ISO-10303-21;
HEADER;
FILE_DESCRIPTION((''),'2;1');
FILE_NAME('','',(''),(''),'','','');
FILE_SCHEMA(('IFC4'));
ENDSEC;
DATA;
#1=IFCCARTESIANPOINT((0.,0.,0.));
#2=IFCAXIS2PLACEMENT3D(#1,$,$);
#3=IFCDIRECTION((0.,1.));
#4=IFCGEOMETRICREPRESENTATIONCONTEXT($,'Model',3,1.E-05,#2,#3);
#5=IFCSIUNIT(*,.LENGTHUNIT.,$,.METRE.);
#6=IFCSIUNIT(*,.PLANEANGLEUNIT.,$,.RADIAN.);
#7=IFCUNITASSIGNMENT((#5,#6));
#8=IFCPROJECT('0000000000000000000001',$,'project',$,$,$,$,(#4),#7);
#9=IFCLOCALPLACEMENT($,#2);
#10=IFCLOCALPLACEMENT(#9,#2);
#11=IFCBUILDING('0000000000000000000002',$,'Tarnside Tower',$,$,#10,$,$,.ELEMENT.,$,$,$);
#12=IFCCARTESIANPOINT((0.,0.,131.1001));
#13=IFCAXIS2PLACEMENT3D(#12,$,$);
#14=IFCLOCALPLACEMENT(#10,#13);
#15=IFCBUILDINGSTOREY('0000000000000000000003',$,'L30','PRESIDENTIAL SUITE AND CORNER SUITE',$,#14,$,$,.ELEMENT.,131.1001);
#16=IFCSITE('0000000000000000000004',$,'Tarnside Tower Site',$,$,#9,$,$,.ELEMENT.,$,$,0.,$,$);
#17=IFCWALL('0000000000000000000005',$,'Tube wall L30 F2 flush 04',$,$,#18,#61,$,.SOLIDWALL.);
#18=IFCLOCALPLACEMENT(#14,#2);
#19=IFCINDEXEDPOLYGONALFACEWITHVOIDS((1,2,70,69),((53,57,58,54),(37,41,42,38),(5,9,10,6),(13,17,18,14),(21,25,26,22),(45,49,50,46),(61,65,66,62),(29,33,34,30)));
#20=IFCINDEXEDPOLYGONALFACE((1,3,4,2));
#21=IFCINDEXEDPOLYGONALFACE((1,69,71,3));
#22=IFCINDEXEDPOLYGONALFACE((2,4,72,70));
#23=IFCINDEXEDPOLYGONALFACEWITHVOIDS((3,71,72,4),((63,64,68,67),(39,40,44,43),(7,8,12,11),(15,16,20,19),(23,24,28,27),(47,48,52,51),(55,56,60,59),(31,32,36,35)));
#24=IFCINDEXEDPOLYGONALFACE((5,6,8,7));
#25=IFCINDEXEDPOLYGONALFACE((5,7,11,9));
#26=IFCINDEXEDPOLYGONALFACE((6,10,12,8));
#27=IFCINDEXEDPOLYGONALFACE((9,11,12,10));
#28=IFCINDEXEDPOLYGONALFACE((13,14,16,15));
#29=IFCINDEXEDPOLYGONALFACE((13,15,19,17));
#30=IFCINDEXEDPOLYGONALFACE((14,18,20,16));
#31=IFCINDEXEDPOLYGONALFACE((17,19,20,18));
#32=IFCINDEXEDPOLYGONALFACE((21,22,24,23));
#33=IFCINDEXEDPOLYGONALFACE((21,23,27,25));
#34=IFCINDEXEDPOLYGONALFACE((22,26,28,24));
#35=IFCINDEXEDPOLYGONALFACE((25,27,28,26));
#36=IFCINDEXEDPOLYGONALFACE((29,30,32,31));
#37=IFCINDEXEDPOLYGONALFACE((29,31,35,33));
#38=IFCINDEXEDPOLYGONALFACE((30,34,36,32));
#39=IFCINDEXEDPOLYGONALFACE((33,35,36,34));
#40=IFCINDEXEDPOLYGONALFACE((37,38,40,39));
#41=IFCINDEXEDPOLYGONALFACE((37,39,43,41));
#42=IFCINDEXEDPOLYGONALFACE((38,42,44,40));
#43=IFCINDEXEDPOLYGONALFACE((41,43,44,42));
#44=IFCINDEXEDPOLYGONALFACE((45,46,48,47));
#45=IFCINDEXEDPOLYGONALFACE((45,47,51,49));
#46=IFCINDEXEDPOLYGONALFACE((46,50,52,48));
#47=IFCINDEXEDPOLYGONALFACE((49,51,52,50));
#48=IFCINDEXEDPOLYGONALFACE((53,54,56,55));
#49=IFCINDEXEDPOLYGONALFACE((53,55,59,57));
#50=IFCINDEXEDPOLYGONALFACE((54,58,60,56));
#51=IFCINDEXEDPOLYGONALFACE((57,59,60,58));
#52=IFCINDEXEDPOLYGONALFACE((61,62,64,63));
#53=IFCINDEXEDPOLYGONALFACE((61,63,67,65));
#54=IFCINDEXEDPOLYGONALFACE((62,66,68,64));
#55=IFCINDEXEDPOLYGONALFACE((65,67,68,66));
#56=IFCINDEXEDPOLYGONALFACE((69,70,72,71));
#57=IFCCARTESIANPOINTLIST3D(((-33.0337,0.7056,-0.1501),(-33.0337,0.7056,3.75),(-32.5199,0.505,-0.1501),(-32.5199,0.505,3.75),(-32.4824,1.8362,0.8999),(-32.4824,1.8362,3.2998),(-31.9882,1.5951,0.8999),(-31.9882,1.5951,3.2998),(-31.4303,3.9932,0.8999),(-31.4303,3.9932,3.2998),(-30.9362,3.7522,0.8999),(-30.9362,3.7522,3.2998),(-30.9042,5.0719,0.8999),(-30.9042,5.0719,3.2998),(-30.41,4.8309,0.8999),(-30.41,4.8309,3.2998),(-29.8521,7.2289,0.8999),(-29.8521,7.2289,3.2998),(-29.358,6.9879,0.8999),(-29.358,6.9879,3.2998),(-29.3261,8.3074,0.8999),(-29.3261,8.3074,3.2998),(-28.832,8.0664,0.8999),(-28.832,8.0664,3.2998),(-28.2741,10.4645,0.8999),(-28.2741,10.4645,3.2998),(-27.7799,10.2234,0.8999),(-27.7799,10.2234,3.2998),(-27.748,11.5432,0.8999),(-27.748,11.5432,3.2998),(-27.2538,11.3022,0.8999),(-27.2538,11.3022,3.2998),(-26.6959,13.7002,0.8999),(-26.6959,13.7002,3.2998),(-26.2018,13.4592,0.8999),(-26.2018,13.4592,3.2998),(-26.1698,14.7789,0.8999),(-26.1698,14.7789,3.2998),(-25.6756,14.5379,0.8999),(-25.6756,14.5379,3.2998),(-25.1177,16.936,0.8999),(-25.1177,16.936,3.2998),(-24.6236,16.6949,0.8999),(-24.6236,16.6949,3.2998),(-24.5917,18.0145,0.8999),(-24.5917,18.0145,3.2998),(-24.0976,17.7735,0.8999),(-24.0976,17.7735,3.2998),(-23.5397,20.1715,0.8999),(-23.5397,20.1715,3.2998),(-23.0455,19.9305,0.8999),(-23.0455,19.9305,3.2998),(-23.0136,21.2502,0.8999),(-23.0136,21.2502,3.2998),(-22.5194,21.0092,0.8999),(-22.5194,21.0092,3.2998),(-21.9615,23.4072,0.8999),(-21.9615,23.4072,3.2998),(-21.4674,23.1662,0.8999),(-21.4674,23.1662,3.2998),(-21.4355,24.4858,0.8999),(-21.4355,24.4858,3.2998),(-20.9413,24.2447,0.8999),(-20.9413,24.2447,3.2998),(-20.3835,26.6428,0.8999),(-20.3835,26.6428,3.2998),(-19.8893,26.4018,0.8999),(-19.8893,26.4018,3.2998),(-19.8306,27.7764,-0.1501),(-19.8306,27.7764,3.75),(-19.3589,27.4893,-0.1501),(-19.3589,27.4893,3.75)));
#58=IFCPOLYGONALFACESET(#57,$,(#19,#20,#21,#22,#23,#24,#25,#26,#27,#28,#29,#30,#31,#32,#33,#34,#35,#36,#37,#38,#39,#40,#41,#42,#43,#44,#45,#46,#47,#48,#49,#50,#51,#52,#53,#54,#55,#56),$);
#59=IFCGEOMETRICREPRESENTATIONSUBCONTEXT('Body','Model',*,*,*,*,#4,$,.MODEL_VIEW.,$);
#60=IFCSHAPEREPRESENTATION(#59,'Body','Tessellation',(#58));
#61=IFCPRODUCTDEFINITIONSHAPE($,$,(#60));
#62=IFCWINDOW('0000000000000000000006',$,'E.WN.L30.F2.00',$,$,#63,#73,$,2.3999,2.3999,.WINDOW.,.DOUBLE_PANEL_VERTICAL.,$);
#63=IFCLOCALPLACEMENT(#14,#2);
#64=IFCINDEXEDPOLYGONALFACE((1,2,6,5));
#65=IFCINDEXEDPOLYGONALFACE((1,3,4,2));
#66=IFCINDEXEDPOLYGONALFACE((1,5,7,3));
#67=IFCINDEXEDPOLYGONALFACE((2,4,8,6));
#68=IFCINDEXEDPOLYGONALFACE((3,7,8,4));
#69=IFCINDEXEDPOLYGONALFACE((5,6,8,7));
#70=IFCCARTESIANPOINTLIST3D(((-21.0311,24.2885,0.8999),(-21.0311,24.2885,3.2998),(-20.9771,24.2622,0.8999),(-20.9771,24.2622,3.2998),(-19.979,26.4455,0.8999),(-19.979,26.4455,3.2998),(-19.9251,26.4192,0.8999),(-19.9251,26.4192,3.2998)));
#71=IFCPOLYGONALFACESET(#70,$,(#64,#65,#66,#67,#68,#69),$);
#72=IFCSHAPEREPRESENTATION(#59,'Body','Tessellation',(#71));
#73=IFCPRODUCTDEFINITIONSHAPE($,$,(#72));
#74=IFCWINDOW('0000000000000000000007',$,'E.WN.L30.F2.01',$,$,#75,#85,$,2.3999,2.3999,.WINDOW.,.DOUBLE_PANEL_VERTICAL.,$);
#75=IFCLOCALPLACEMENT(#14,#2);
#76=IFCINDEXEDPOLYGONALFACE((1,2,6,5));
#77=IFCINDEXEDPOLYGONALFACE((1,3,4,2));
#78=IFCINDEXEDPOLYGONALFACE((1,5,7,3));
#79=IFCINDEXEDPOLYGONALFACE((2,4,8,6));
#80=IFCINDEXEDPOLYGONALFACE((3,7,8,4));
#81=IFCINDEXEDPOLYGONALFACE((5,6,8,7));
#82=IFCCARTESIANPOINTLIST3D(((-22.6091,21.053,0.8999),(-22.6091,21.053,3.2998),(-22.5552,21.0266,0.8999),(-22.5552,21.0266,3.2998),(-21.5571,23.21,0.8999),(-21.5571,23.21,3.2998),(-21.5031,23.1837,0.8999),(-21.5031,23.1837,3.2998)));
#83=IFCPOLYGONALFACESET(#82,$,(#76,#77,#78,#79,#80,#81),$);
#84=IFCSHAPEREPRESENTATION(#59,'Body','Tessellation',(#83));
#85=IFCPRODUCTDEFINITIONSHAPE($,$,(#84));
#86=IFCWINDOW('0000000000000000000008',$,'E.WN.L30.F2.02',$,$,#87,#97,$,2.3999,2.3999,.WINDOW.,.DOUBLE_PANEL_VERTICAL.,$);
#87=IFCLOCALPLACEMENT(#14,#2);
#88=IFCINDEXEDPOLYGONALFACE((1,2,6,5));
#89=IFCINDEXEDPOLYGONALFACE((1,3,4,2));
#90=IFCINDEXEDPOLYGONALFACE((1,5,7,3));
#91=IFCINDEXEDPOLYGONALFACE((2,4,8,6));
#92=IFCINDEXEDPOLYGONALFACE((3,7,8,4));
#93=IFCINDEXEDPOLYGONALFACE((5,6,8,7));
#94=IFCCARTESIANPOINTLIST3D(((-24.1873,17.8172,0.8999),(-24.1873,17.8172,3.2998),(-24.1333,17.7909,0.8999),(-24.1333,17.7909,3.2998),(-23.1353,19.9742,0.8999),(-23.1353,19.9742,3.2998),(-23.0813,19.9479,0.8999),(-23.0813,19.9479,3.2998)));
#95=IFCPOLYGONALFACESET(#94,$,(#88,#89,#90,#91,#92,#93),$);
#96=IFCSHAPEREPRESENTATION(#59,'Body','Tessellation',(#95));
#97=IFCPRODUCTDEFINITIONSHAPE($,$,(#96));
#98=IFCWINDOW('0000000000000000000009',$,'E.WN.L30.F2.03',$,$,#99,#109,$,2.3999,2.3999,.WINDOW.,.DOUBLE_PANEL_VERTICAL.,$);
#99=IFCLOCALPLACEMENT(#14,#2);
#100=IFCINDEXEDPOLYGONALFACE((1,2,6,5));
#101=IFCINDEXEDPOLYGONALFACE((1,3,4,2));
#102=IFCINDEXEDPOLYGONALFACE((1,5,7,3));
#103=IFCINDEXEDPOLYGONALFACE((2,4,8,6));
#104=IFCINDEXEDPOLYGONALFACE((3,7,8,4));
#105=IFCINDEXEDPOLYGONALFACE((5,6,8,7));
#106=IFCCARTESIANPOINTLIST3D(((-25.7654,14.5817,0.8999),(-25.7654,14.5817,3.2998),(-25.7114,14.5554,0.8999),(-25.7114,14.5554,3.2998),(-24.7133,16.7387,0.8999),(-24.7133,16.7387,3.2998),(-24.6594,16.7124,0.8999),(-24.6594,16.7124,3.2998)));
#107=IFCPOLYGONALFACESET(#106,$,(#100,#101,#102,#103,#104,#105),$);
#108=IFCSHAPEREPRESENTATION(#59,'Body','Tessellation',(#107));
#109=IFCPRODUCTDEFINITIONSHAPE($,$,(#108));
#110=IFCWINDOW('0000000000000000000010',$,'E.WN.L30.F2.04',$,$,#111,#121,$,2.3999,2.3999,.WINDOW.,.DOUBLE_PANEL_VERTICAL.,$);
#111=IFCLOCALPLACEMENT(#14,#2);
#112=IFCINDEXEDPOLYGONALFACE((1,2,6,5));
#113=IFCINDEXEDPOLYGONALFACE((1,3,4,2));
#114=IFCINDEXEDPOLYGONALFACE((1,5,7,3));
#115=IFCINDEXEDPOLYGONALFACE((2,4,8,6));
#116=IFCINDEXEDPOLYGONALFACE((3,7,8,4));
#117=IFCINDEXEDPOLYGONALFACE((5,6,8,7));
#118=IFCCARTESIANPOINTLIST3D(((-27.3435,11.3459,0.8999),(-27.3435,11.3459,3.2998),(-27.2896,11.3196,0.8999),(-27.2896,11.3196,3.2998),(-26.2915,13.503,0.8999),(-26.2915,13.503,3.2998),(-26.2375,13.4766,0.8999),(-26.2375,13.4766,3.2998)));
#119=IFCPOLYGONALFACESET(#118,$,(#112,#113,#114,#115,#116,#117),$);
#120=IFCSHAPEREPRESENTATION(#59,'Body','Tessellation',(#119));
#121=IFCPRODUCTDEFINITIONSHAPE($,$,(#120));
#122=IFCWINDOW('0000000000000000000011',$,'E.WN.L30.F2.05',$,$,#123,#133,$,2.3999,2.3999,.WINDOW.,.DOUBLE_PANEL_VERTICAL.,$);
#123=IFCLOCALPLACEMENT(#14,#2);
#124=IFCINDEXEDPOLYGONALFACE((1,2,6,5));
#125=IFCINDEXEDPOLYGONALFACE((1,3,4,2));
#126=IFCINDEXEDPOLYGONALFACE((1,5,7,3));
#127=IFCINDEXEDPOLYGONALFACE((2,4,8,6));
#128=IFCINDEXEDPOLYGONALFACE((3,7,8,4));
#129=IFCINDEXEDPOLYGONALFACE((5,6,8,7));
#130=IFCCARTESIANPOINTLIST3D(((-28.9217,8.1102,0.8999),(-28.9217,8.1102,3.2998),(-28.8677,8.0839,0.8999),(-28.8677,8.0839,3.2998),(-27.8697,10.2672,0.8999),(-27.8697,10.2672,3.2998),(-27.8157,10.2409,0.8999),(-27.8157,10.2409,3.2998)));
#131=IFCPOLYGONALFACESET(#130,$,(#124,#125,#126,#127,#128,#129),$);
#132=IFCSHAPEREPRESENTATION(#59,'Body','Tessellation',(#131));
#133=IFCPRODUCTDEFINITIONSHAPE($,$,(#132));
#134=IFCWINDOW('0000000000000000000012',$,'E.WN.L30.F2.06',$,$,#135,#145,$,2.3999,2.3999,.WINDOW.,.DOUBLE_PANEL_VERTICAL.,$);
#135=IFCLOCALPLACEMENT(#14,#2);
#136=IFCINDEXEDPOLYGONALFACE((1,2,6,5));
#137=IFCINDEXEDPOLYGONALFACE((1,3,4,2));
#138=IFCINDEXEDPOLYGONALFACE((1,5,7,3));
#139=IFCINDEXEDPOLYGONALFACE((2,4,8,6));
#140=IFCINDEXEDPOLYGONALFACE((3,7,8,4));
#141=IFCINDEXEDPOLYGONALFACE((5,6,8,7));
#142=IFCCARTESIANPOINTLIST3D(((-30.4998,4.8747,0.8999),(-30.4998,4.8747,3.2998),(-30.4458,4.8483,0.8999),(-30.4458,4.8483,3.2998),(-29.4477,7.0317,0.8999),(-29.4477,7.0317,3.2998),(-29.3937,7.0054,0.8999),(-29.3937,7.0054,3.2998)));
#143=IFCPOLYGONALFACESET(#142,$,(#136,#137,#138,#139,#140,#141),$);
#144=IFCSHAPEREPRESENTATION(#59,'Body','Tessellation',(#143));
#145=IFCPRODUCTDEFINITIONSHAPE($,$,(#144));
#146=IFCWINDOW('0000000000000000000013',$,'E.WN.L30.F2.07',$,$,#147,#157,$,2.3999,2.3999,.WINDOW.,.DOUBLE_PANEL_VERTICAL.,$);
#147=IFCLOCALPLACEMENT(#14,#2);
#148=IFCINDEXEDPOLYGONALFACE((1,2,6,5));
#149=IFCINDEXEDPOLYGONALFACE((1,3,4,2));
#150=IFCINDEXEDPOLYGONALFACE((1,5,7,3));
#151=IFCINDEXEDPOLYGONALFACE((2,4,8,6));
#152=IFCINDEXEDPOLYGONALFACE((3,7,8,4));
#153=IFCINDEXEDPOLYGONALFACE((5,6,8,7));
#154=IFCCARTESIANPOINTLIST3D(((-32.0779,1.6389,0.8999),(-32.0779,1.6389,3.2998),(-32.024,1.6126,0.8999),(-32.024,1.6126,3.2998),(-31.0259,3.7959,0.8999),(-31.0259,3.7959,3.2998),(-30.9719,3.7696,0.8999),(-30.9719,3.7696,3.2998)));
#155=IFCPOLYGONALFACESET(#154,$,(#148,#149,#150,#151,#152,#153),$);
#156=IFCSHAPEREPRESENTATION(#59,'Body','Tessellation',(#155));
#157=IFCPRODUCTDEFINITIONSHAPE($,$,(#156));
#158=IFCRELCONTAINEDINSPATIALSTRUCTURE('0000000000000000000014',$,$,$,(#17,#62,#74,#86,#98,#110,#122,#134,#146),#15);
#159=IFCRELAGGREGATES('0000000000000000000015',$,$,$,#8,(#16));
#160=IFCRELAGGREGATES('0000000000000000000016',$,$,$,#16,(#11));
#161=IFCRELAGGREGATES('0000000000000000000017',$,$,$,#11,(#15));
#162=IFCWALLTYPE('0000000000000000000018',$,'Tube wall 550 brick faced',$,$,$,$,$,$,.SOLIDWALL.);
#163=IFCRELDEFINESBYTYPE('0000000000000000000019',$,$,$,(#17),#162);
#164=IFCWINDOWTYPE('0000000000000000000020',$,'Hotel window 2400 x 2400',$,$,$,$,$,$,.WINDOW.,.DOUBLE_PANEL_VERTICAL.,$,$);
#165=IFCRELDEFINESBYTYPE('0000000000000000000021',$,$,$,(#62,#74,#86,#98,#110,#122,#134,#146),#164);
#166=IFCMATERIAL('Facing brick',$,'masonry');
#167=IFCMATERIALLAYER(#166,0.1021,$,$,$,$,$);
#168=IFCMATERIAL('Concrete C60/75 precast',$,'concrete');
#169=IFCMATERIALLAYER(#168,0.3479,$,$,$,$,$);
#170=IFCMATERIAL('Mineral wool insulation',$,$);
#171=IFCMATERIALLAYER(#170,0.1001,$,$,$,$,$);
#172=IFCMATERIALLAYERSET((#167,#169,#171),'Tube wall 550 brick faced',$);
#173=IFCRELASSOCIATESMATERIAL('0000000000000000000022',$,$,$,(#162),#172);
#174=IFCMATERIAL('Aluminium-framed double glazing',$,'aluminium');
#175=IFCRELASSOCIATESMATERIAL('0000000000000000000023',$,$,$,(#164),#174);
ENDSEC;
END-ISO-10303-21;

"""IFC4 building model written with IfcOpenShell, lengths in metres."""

from ifc_helpers import new_model, si_unit, direction, frame, frame_2d, origin, place, context, subcontext, project, spatial, polyline, rectangle, outline, extrude, material, layer, layer_set, type_object, element, fill, save


model = new_model("IFC4")

# Units and contexts
model_context = context("Model", 3, precision=1e-05, world=origin(), true_north=direction((0.0, 1.0)))
body_context = subcontext(model_context, "Body", "Model", "MODEL_VIEW")
ifc_project = project(units=[si_unit("LENGTHUNIT", "METRE"), si_unit("PLANEANGLEUNIT", "RADIAN")], contexts=[model_context])

# Site, building, storey
site_placement = place(None, origin())
site = spatial("IfcSite", under=ifc_project, at=site_placement, Name="Tarnside Tower Site", CompositionType="ELEMENT", RefElevation=0.0)
building_placement = place(site_placement, origin())
building = spatial("IfcBuilding", under=site, at=building_placement, Name="Tarnside Tower", CompositionType="ELEMENT")
storey_placement = place(building_placement, frame((0.0, 0.0, 131.1001)))
storey = spatial("IfcBuildingStorey", under=building, at=storey_placement, Name="L30", Description="PRESIDENTIAL SUITE AND CORNER SUITE", CompositionType="ELEMENT", Elevation=131.1001)

# Shared definitions
ifc_material_1 = material(Name="Facing brick", Category="masonry")
ifc_layer_1 = layer(ifc_material_1, 0.1021)
ifc_material_2 = material(Name="Concrete C60/75 precast", Category="concrete")
ifc_layer_2 = layer(ifc_material_2, 0.3479)
ifc_material_3 = material(Name="Mineral wool insulation")
ifc_layer_3 = layer(ifc_material_3, 0.1001)
ifc_layer_set_1 = layer_set([ifc_layer_1, ifc_layer_2, ifc_layer_3], Name="Tube wall 550 brick faced")
wall_type_1 = type_object("IfcWallType", Name="Tube wall 550 brick faced", PredefinedType="SOLIDWALL", material=ifc_layer_set_1)

# Wall, openings, windows
wall_1_placement = place(storey_placement, frame((-19.5947, 27.6328, -0.1501), z_axis=(0.0, 0.0, 1.0), x_axis=(-0.438368, -0.898795, 0.0)))
wall_1 = element("IfcWall", 1, at=wall_1_placement, inside=storey, type_object=wall_type_1, Name="Tube wall L30 F2 flush 04", PredefinedType="SOLIDWALL", context=body_context, shape_type="SweptSolid", body=[
    extrude(outline(polyline([(-0.0256, -0.2749), (30.0933, -0.2749), (30.0483, 0.2749), (0.0256, 0.2749), (-0.0256, -0.2749)])), origin(), (0.0, 0.0, 1.0), 3.9001),
])
opening_1_placement = place(wall_1_placement, frame((1.2356, 0.0, 1.05)))
opening_1 = element("IfcOpeningElement", 2, at=opening_1_placement, cuts=wall_1, PredefinedType="OPENING", context=body_context, shape_type="SweptSolid", body=[
    extrude(rectangle(XDim=2.3999, YDim=2.3999, at=frame_2d((1.2, 1.2))), frame((0.0, 0.2852, 0.0), z_axis=(0.0, -1.0, 0.0), x_axis=(1.0, 0.0, 0.0)), (0.0, 0.0, 1.0), 0.5701),
])
opening_2_placement = place(wall_1_placement, frame((4.8354, 0.0, 1.05)))
opening_2 = element("IfcOpeningElement", 3, at=opening_2_placement, cuts=wall_1, PredefinedType="OPENING", context=body_context, shape_type="SweptSolid", body=[
    extrude(rectangle(XDim=2.3999, YDim=2.3999, at=frame_2d((1.2, 1.2))), frame((0.0, 0.2852, 0.0), z_axis=(0.0, -1.0, 0.0), x_axis=(1.0, 0.0, 0.0)), (0.0, 0.0, 1.0), 0.5701),
])
opening_3_placement = place(wall_1_placement, frame((8.4355, 0.0, 1.05)))
opening_3 = element("IfcOpeningElement", 4, at=opening_3_placement, cuts=wall_1, PredefinedType="OPENING", context=body_context, shape_type="SweptSolid", body=[
    extrude(rectangle(XDim=2.3999, YDim=2.3999, at=frame_2d((1.2, 1.2))), frame((0.0, 0.2852, 0.0), z_axis=(0.0, -1.0, 0.0), x_axis=(1.0, 0.0, 0.0)), (0.0, 0.0, 1.0), 0.5701),
])
opening_4_placement = place(wall_1_placement, frame((12.0354, 0.0, 1.05)))
opening_4 = element("IfcOpeningElement", 5, at=opening_4_placement, cuts=wall_1, PredefinedType="OPENING", context=body_context, shape_type="SweptSolid", body=[
    extrude(rectangle(XDim=2.3999, YDim=2.3999, at=frame_2d((1.2, 1.2))), frame((0.0, 0.2852, 0.0), z_axis=(0.0, -1.0, 0.0), x_axis=(1.0, 0.0, 0.0)), (0.0, 0.0, 1.0), 0.5701),
])
opening_5_placement = place(wall_1_placement, frame((15.6355, 0.0, 1.05)))
opening_5 = element("IfcOpeningElement", 6, at=opening_5_placement, cuts=wall_1, PredefinedType="OPENING", context=body_context, shape_type="SweptSolid", body=[
    extrude(rectangle(XDim=2.3999, YDim=2.3999, at=frame_2d((1.2, 1.2))), frame((0.0, 0.2852, 0.0), z_axis=(0.0, -1.0, 0.0), x_axis=(1.0, 0.0, 0.0)), (0.0, 0.0, 1.0), 0.5701),
])
opening_6_placement = place(wall_1_placement, frame((19.2356, 0.0, 1.05)))
opening_6 = element("IfcOpeningElement", 7, at=opening_6_placement, cuts=wall_1, PredefinedType="OPENING", context=body_context, shape_type="SweptSolid", body=[
    extrude(rectangle(XDim=2.3999, YDim=2.3999, at=frame_2d((1.2, 1.2))), frame((0.0, 0.2852, 0.0), z_axis=(0.0, -1.0, 0.0), x_axis=(1.0, 0.0, 0.0)), (0.0, 0.0, 1.0), 0.5701),
])
opening_7_placement = place(wall_1_placement, frame((22.8354, 0.0, 1.05)))
opening_7 = element("IfcOpeningElement", 8, at=opening_7_placement, cuts=wall_1, PredefinedType="OPENING", context=body_context, shape_type="SweptSolid", body=[
    extrude(rectangle(XDim=2.3999, YDim=2.3999, at=frame_2d((1.2, 1.2))), frame((0.0, 0.2852, 0.0), z_axis=(0.0, -1.0, 0.0), x_axis=(1.0, 0.0, 0.0)), (0.0, 0.0, 1.0), 0.5701),
])
opening_8_placement = place(wall_1_placement, frame((26.4355, 0.0, 1.05)))
opening_8 = element("IfcOpeningElement", 9, at=opening_8_placement, cuts=wall_1, PredefinedType="OPENING", context=body_context, shape_type="SweptSolid", body=[
    extrude(rectangle(XDim=2.3999, YDim=2.3999, at=frame_2d((1.2, 1.2))), frame((0.0, 0.2852, 0.0), z_axis=(0.0, -1.0, 0.0), x_axis=(1.0, 0.0, 0.0)), (0.0, 0.0, 1.0), 0.5701),
])
ifc_material_4 = material(Name="Aluminium-framed double glazing", Category="aluminium")
window_type = type_object("IfcWindowType", Name="Hotel window 2400 x 2400", PartitioningType="DOUBLE_PANEL_VERTICAL", PredefinedType="WINDOW", material=ifc_material_4)
window_1_placement = place(opening_1_placement, frame((0.0, 0.2051, 0.0)))
window_1 = element("IfcWindow", 10, at=window_1_placement, inside=storey, type_object=window_type, Name="E.WN.L30.F2.00", OverallHeight=2.3999, OverallWidth=2.3999, PartitioningType="DOUBLE_PANEL_VERTICAL", PredefinedType="WINDOW", context=body_context, shape_type="SweptSolid", body=[
    extrude(rectangle(XDim=2.3999, YDim=2.3999, at=frame_2d((1.2, 1.2))), frame((0.0, 0.03, 0.0), z_axis=(0.0, -1.0, 0.0), x_axis=(1.0, 0.0, 0.0)), (0.0, 0.0, 1.0), 0.0601),
])
fill(opening_1, window_1)
window_2_placement = place(opening_2_placement, frame((0.0, 0.2051, 0.0)))
window_2 = element("IfcWindow", 11, at=window_2_placement, inside=storey, type_object=window_type, Name="E.WN.L30.F2.01", OverallHeight=2.3999, OverallWidth=2.3999, PartitioningType="DOUBLE_PANEL_VERTICAL", PredefinedType="WINDOW", context=body_context, shape_type="SweptSolid", body=[
    extrude(rectangle(XDim=2.3999, YDim=2.3999, at=frame_2d((1.2, 1.2))), frame((0.0, 0.03, 0.0), z_axis=(0.0, -1.0, 0.0), x_axis=(1.0, 0.0, 0.0)), (0.0, 0.0, 1.0), 0.0601),
])
fill(opening_2, window_2)
window_3_placement = place(opening_3_placement, frame((0.0, 0.2051, 0.0)))
window_3 = element("IfcWindow", 12, at=window_3_placement, inside=storey, type_object=window_type, Name="E.WN.L30.F2.02", OverallHeight=2.3999, OverallWidth=2.3999, PartitioningType="DOUBLE_PANEL_VERTICAL", PredefinedType="WINDOW", context=body_context, shape_type="SweptSolid", body=[
    extrude(rectangle(XDim=2.3999, YDim=2.3999, at=frame_2d((1.2, 1.2))), frame((0.0, 0.03, 0.0), z_axis=(0.0, -1.0, 0.0), x_axis=(1.0, 0.0, 0.0)), (0.0, 0.0, 1.0), 0.0601),
])
fill(opening_3, window_3)
window_4_placement = place(opening_4_placement, frame((0.0, 0.2051, 0.0)))
window_4 = element("IfcWindow", 13, at=window_4_placement, inside=storey, type_object=window_type, Name="E.WN.L30.F2.03", OverallHeight=2.3999, OverallWidth=2.3999, PartitioningType="DOUBLE_PANEL_VERTICAL", PredefinedType="WINDOW", context=body_context, shape_type="SweptSolid", body=[
    extrude(rectangle(XDim=2.3999, YDim=2.3999, at=frame_2d((1.2, 1.2))), frame((0.0, 0.03, 0.0), z_axis=(0.0, -1.0, 0.0), x_axis=(1.0, 0.0, 0.0)), (0.0, 0.0, 1.0), 0.0601),
])
fill(opening_4, window_4)
window_5_placement = place(opening_5_placement, frame((0.0, 0.2051, 0.0)))
window_5 = element("IfcWindow", 14, at=window_5_placement, inside=storey, type_object=window_type, Name="E.WN.L30.F2.04", OverallHeight=2.3999, OverallWidth=2.3999, PartitioningType="DOUBLE_PANEL_VERTICAL", PredefinedType="WINDOW", context=body_context, shape_type="SweptSolid", body=[
    extrude(rectangle(XDim=2.3999, YDim=2.3999, at=frame_2d((1.2, 1.2))), frame((0.0, 0.03, 0.0), z_axis=(0.0, -1.0, 0.0), x_axis=(1.0, 0.0, 0.0)), (0.0, 0.0, 1.0), 0.0601),
])
fill(opening_5, window_5)
window_6_placement = place(opening_6_placement, frame((0.0, 0.2051, 0.0)))
window_6 = element("IfcWindow", 15, at=window_6_placement, inside=storey, type_object=window_type, Name="E.WN.L30.F2.05", OverallHeight=2.3999, OverallWidth=2.3999, PartitioningType="DOUBLE_PANEL_VERTICAL", PredefinedType="WINDOW", context=body_context, shape_type="SweptSolid", body=[
    extrude(rectangle(XDim=2.3999, YDim=2.3999, at=frame_2d((1.2, 1.2))), frame((0.0, 0.03, 0.0), z_axis=(0.0, -1.0, 0.0), x_axis=(1.0, 0.0, 0.0)), (0.0, 0.0, 1.0), 0.0601),
])
fill(opening_6, window_6)
window_7_placement = place(opening_7_placement, frame((0.0, 0.2051, 0.0)))
window_7 = element("IfcWindow", 16, at=window_7_placement, inside=storey, type_object=window_type, Name="E.WN.L30.F2.06", OverallHeight=2.3999, OverallWidth=2.3999, PartitioningType="DOUBLE_PANEL_VERTICAL", PredefinedType="WINDOW", context=body_context, shape_type="SweptSolid", body=[
    extrude(rectangle(XDim=2.3999, YDim=2.3999, at=frame_2d((1.2, 1.2))), frame((0.0, 0.03, 0.0), z_axis=(0.0, -1.0, 0.0), x_axis=(1.0, 0.0, 0.0)), (0.0, 0.0, 1.0), 0.0601),
])
fill(opening_7, window_7)
window_8_placement = place(opening_8_placement, frame((0.0, 0.2051, 0.0)))
window_8 = element("IfcWindow", 17, at=window_8_placement, inside=storey, type_object=window_type, Name="E.WN.L30.F2.07", OverallHeight=2.3999, OverallWidth=2.3999, PartitioningType="DOUBLE_PANEL_VERTICAL", PredefinedType="WINDOW", context=body_context, shape_type="SweptSolid", body=[
    extrude(rectangle(XDim=2.3999, YDim=2.3999, at=frame_2d((1.2, 1.2))), frame((0.0, 0.03, 0.0), z_axis=(0.0, -1.0, 0.0), x_axis=(1.0, 0.0, 0.0)), (0.0, 0.0, 1.0), 0.0601),
])
fill(opening_8, window_8)

save(model, "model.ifc")
